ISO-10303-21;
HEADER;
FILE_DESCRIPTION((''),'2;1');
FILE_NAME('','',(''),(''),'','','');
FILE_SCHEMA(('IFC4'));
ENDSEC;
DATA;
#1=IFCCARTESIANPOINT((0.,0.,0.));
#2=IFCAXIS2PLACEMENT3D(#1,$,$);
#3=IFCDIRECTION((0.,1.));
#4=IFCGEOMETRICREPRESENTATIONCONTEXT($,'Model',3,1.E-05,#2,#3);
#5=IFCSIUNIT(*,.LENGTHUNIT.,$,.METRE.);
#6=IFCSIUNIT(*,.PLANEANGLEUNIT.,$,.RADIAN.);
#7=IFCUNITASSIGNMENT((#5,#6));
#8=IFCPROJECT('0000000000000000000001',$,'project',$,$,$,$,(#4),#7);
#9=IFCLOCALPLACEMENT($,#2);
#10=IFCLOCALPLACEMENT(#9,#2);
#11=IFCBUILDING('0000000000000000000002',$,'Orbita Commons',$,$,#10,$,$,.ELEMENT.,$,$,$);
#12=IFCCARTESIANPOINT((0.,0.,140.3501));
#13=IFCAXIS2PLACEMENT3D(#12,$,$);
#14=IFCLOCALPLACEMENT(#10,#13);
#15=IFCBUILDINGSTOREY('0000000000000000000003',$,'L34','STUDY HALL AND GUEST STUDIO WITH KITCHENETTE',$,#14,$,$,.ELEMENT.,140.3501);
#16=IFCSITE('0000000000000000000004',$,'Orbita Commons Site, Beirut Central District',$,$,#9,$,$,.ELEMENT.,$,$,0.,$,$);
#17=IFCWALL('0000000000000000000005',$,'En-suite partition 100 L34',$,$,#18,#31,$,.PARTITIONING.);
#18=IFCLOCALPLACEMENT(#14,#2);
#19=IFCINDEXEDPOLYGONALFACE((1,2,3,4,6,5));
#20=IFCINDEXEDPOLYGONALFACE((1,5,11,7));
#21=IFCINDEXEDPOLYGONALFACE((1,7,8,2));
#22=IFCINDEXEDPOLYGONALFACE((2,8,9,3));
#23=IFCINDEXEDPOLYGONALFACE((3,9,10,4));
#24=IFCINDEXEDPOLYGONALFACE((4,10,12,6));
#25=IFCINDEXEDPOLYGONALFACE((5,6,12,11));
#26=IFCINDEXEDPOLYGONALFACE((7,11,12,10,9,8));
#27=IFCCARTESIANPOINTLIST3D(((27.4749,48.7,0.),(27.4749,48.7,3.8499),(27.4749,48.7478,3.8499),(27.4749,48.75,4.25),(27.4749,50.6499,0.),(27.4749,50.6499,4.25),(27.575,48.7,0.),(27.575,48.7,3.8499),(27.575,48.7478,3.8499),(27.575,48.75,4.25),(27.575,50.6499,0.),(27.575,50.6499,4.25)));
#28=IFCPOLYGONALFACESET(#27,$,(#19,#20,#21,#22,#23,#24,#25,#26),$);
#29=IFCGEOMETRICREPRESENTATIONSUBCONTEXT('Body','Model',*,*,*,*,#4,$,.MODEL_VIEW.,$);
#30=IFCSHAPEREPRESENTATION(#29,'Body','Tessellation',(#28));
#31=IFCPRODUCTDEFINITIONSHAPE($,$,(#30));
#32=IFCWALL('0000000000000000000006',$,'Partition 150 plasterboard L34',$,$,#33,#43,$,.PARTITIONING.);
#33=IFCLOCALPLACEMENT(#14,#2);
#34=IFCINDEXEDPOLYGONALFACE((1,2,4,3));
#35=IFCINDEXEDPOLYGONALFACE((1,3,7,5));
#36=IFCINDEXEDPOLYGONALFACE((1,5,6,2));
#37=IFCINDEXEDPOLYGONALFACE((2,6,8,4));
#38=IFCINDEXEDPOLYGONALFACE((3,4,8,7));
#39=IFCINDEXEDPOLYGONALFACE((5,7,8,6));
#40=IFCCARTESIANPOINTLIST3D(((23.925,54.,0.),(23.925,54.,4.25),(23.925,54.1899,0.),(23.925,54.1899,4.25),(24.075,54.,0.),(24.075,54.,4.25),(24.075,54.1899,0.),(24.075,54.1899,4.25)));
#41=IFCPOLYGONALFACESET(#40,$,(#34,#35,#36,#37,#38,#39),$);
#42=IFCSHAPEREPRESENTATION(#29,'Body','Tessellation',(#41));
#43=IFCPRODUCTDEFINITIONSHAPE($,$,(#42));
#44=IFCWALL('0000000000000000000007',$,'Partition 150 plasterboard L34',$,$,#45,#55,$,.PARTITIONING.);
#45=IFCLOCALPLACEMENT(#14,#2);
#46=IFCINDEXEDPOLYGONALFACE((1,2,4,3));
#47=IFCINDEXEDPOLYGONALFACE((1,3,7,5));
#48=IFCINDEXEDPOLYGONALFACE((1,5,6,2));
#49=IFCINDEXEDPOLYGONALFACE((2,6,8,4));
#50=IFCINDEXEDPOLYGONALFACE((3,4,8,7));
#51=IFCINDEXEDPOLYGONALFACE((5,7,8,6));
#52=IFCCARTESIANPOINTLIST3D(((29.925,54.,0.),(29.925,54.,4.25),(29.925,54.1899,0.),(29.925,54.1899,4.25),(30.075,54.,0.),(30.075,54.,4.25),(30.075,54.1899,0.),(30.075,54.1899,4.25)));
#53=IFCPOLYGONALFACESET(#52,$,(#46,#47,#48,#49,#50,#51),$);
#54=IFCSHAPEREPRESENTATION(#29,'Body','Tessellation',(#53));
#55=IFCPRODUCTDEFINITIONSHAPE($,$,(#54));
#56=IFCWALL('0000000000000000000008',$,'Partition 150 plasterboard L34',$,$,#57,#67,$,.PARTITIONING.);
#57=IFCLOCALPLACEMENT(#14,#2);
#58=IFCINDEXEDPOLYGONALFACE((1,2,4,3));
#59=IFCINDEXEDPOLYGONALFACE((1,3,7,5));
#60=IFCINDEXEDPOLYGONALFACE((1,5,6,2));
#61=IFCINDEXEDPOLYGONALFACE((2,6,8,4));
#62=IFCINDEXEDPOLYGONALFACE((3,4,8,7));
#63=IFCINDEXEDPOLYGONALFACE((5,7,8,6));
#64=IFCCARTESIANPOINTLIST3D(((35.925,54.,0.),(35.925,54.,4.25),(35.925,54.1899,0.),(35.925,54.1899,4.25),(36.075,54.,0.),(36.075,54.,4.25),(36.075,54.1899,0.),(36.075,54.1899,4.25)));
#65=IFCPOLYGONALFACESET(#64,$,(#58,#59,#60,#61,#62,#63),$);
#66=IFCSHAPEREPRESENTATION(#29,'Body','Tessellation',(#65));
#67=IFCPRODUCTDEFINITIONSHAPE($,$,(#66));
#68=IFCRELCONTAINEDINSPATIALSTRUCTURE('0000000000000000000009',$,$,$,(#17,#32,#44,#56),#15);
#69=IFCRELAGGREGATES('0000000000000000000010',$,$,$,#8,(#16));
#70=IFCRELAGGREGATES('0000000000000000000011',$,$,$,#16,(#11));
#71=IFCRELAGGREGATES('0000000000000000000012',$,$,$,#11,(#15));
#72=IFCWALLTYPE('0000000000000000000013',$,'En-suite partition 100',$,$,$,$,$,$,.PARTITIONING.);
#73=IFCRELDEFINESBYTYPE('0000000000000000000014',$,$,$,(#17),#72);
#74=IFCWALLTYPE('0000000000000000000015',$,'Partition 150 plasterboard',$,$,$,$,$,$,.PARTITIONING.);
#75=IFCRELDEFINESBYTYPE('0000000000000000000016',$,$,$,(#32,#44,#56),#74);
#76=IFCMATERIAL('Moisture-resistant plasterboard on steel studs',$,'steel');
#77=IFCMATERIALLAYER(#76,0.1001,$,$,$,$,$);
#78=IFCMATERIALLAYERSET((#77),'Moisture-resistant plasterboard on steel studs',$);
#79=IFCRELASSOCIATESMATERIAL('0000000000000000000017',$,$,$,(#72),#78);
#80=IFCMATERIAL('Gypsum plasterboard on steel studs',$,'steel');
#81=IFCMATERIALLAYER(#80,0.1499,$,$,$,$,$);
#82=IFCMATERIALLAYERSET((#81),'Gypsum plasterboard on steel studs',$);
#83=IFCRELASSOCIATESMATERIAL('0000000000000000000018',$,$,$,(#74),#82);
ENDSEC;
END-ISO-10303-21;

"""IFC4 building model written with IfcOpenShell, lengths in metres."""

from ifc_helpers import new_model, si_unit, direction, frame, frame_2d, origin, place, context, subcontext, project, spatial, polyline, rectangle, outline, extrude, material, layer, layer_set, type_object, element, save


model = new_model("IFC4")

# Units and contexts
model_context = context("Model", 3, precision=1e-05, world=origin(), true_north=direction((0.0, 1.0)))
body_context = subcontext(model_context, "Body", "Model", "MODEL_VIEW")
ifc_project = project(units=[si_unit("LENGTHUNIT", "METRE"), si_unit("PLANEANGLEUNIT", "RADIAN")], contexts=[model_context])

# Site, building, storey
site_placement = place(None, origin())
site = spatial("IfcSite", under=ifc_project, at=site_placement, Name="Orbita Commons Site, Beirut Central District", CompositionType="ELEMENT", RefElevation=0.0)
building_placement = place(site_placement, origin())
building = spatial("IfcBuilding", under=site, at=building_placement, Name="Orbita Commons", CompositionType="ELEMENT")
storey_placement = place(building_placement, frame((0.0, 0.0, 140.3501)))
storey = spatial("IfcBuildingStorey", under=building, at=storey_placement, Name="L34", Description="STUDY HALL AND GUEST STUDIO WITH KITCHENETTE", CompositionType="ELEMENT", Elevation=140.3501)

# Shared definitions
ifc_material_1 = material(Name="Moisture-resistant plasterboard on steel studs", Category="steel")
ifc_layer_1 = layer(ifc_material_1, 0.1001)
ifc_layer_set_1 = layer_set([ifc_layer_1], Name="Moisture-resistant plasterboard on steel studs")
wall_type_1 = type_object("IfcWallType", Name="En-suite partition 100", PredefinedType="PARTITIONING", material=ifc_layer_set_1)

# Walls
wall_1_placement = place(storey_placement, frame((27.5249, 50.6499, 0.0), z_axis=(0.0, 0.0, 1.0), x_axis=(0.0, -1.0, 0.0)))
element("IfcWall", 1, at=wall_1_placement, inside=storey, type_object=wall_type_1, Name="En-suite partition 100 L34", PredefinedType="PARTITIONING", context=body_context, shape_type="SweptSolid", body=[
    extrude(outline(polyline([(0.0, 0.0), (1.95, 0.0), (1.95, 3.8499), (1.9021, 3.8499), (1.8999, 4.25), (0.0, 4.25), (0.0, 0.0)])), frame((0.0, 0.05, 0.0), z_axis=(0.0, -1.0, 0.0), x_axis=(1.0, 0.0, 0.0)), (0.0, 0.0, 1.0), 0.1001),
])
ifc_material_2 = material(Name="Gypsum plasterboard on steel studs", Category="steel")
ifc_layer_2 = layer(ifc_material_2, 0.1499)
ifc_layer_set_2 = layer_set([ifc_layer_2], Name="Gypsum plasterboard on steel studs")
wall_type_2 = type_object("IfcWallType", Name="Partition 150 plasterboard", PredefinedType="PARTITIONING", material=ifc_layer_set_2)
for number, where, z_axis, x_axis, name in (
    (2, (24.0, 54.0, 0.0), (0.0, 0.0, 1.0), (0.0, 1.0, 0.0), "Partition 150 plasterboard L34"),
    (3, (30.0, 54.0, 0.0), (0.0, 0.0, 1.0), (0.0, 1.0, 0.0), "Partition 150 plasterboard L34"),
    (4, (36.0, 54.0, 0.0), (0.0, 0.0, 1.0), (0.0, 1.0, 0.0), "Partition 150 plasterboard L34"),
):
    element("IfcWall", number, at=place(storey_placement, frame(where, z_axis=z_axis, x_axis=x_axis)), inside=storey, type_object=wall_type_2, Name=name, PredefinedType="PARTITIONING", context=body_context, shape_type="SweptSolid", body=[
        extrude(rectangle(XDim=0.1899, YDim=0.1499, at=frame_2d((0.095, 0.0))), origin(), (0.0, 0.0, 1.0), 4.25),
    ])

save(model, "model.ifc")
